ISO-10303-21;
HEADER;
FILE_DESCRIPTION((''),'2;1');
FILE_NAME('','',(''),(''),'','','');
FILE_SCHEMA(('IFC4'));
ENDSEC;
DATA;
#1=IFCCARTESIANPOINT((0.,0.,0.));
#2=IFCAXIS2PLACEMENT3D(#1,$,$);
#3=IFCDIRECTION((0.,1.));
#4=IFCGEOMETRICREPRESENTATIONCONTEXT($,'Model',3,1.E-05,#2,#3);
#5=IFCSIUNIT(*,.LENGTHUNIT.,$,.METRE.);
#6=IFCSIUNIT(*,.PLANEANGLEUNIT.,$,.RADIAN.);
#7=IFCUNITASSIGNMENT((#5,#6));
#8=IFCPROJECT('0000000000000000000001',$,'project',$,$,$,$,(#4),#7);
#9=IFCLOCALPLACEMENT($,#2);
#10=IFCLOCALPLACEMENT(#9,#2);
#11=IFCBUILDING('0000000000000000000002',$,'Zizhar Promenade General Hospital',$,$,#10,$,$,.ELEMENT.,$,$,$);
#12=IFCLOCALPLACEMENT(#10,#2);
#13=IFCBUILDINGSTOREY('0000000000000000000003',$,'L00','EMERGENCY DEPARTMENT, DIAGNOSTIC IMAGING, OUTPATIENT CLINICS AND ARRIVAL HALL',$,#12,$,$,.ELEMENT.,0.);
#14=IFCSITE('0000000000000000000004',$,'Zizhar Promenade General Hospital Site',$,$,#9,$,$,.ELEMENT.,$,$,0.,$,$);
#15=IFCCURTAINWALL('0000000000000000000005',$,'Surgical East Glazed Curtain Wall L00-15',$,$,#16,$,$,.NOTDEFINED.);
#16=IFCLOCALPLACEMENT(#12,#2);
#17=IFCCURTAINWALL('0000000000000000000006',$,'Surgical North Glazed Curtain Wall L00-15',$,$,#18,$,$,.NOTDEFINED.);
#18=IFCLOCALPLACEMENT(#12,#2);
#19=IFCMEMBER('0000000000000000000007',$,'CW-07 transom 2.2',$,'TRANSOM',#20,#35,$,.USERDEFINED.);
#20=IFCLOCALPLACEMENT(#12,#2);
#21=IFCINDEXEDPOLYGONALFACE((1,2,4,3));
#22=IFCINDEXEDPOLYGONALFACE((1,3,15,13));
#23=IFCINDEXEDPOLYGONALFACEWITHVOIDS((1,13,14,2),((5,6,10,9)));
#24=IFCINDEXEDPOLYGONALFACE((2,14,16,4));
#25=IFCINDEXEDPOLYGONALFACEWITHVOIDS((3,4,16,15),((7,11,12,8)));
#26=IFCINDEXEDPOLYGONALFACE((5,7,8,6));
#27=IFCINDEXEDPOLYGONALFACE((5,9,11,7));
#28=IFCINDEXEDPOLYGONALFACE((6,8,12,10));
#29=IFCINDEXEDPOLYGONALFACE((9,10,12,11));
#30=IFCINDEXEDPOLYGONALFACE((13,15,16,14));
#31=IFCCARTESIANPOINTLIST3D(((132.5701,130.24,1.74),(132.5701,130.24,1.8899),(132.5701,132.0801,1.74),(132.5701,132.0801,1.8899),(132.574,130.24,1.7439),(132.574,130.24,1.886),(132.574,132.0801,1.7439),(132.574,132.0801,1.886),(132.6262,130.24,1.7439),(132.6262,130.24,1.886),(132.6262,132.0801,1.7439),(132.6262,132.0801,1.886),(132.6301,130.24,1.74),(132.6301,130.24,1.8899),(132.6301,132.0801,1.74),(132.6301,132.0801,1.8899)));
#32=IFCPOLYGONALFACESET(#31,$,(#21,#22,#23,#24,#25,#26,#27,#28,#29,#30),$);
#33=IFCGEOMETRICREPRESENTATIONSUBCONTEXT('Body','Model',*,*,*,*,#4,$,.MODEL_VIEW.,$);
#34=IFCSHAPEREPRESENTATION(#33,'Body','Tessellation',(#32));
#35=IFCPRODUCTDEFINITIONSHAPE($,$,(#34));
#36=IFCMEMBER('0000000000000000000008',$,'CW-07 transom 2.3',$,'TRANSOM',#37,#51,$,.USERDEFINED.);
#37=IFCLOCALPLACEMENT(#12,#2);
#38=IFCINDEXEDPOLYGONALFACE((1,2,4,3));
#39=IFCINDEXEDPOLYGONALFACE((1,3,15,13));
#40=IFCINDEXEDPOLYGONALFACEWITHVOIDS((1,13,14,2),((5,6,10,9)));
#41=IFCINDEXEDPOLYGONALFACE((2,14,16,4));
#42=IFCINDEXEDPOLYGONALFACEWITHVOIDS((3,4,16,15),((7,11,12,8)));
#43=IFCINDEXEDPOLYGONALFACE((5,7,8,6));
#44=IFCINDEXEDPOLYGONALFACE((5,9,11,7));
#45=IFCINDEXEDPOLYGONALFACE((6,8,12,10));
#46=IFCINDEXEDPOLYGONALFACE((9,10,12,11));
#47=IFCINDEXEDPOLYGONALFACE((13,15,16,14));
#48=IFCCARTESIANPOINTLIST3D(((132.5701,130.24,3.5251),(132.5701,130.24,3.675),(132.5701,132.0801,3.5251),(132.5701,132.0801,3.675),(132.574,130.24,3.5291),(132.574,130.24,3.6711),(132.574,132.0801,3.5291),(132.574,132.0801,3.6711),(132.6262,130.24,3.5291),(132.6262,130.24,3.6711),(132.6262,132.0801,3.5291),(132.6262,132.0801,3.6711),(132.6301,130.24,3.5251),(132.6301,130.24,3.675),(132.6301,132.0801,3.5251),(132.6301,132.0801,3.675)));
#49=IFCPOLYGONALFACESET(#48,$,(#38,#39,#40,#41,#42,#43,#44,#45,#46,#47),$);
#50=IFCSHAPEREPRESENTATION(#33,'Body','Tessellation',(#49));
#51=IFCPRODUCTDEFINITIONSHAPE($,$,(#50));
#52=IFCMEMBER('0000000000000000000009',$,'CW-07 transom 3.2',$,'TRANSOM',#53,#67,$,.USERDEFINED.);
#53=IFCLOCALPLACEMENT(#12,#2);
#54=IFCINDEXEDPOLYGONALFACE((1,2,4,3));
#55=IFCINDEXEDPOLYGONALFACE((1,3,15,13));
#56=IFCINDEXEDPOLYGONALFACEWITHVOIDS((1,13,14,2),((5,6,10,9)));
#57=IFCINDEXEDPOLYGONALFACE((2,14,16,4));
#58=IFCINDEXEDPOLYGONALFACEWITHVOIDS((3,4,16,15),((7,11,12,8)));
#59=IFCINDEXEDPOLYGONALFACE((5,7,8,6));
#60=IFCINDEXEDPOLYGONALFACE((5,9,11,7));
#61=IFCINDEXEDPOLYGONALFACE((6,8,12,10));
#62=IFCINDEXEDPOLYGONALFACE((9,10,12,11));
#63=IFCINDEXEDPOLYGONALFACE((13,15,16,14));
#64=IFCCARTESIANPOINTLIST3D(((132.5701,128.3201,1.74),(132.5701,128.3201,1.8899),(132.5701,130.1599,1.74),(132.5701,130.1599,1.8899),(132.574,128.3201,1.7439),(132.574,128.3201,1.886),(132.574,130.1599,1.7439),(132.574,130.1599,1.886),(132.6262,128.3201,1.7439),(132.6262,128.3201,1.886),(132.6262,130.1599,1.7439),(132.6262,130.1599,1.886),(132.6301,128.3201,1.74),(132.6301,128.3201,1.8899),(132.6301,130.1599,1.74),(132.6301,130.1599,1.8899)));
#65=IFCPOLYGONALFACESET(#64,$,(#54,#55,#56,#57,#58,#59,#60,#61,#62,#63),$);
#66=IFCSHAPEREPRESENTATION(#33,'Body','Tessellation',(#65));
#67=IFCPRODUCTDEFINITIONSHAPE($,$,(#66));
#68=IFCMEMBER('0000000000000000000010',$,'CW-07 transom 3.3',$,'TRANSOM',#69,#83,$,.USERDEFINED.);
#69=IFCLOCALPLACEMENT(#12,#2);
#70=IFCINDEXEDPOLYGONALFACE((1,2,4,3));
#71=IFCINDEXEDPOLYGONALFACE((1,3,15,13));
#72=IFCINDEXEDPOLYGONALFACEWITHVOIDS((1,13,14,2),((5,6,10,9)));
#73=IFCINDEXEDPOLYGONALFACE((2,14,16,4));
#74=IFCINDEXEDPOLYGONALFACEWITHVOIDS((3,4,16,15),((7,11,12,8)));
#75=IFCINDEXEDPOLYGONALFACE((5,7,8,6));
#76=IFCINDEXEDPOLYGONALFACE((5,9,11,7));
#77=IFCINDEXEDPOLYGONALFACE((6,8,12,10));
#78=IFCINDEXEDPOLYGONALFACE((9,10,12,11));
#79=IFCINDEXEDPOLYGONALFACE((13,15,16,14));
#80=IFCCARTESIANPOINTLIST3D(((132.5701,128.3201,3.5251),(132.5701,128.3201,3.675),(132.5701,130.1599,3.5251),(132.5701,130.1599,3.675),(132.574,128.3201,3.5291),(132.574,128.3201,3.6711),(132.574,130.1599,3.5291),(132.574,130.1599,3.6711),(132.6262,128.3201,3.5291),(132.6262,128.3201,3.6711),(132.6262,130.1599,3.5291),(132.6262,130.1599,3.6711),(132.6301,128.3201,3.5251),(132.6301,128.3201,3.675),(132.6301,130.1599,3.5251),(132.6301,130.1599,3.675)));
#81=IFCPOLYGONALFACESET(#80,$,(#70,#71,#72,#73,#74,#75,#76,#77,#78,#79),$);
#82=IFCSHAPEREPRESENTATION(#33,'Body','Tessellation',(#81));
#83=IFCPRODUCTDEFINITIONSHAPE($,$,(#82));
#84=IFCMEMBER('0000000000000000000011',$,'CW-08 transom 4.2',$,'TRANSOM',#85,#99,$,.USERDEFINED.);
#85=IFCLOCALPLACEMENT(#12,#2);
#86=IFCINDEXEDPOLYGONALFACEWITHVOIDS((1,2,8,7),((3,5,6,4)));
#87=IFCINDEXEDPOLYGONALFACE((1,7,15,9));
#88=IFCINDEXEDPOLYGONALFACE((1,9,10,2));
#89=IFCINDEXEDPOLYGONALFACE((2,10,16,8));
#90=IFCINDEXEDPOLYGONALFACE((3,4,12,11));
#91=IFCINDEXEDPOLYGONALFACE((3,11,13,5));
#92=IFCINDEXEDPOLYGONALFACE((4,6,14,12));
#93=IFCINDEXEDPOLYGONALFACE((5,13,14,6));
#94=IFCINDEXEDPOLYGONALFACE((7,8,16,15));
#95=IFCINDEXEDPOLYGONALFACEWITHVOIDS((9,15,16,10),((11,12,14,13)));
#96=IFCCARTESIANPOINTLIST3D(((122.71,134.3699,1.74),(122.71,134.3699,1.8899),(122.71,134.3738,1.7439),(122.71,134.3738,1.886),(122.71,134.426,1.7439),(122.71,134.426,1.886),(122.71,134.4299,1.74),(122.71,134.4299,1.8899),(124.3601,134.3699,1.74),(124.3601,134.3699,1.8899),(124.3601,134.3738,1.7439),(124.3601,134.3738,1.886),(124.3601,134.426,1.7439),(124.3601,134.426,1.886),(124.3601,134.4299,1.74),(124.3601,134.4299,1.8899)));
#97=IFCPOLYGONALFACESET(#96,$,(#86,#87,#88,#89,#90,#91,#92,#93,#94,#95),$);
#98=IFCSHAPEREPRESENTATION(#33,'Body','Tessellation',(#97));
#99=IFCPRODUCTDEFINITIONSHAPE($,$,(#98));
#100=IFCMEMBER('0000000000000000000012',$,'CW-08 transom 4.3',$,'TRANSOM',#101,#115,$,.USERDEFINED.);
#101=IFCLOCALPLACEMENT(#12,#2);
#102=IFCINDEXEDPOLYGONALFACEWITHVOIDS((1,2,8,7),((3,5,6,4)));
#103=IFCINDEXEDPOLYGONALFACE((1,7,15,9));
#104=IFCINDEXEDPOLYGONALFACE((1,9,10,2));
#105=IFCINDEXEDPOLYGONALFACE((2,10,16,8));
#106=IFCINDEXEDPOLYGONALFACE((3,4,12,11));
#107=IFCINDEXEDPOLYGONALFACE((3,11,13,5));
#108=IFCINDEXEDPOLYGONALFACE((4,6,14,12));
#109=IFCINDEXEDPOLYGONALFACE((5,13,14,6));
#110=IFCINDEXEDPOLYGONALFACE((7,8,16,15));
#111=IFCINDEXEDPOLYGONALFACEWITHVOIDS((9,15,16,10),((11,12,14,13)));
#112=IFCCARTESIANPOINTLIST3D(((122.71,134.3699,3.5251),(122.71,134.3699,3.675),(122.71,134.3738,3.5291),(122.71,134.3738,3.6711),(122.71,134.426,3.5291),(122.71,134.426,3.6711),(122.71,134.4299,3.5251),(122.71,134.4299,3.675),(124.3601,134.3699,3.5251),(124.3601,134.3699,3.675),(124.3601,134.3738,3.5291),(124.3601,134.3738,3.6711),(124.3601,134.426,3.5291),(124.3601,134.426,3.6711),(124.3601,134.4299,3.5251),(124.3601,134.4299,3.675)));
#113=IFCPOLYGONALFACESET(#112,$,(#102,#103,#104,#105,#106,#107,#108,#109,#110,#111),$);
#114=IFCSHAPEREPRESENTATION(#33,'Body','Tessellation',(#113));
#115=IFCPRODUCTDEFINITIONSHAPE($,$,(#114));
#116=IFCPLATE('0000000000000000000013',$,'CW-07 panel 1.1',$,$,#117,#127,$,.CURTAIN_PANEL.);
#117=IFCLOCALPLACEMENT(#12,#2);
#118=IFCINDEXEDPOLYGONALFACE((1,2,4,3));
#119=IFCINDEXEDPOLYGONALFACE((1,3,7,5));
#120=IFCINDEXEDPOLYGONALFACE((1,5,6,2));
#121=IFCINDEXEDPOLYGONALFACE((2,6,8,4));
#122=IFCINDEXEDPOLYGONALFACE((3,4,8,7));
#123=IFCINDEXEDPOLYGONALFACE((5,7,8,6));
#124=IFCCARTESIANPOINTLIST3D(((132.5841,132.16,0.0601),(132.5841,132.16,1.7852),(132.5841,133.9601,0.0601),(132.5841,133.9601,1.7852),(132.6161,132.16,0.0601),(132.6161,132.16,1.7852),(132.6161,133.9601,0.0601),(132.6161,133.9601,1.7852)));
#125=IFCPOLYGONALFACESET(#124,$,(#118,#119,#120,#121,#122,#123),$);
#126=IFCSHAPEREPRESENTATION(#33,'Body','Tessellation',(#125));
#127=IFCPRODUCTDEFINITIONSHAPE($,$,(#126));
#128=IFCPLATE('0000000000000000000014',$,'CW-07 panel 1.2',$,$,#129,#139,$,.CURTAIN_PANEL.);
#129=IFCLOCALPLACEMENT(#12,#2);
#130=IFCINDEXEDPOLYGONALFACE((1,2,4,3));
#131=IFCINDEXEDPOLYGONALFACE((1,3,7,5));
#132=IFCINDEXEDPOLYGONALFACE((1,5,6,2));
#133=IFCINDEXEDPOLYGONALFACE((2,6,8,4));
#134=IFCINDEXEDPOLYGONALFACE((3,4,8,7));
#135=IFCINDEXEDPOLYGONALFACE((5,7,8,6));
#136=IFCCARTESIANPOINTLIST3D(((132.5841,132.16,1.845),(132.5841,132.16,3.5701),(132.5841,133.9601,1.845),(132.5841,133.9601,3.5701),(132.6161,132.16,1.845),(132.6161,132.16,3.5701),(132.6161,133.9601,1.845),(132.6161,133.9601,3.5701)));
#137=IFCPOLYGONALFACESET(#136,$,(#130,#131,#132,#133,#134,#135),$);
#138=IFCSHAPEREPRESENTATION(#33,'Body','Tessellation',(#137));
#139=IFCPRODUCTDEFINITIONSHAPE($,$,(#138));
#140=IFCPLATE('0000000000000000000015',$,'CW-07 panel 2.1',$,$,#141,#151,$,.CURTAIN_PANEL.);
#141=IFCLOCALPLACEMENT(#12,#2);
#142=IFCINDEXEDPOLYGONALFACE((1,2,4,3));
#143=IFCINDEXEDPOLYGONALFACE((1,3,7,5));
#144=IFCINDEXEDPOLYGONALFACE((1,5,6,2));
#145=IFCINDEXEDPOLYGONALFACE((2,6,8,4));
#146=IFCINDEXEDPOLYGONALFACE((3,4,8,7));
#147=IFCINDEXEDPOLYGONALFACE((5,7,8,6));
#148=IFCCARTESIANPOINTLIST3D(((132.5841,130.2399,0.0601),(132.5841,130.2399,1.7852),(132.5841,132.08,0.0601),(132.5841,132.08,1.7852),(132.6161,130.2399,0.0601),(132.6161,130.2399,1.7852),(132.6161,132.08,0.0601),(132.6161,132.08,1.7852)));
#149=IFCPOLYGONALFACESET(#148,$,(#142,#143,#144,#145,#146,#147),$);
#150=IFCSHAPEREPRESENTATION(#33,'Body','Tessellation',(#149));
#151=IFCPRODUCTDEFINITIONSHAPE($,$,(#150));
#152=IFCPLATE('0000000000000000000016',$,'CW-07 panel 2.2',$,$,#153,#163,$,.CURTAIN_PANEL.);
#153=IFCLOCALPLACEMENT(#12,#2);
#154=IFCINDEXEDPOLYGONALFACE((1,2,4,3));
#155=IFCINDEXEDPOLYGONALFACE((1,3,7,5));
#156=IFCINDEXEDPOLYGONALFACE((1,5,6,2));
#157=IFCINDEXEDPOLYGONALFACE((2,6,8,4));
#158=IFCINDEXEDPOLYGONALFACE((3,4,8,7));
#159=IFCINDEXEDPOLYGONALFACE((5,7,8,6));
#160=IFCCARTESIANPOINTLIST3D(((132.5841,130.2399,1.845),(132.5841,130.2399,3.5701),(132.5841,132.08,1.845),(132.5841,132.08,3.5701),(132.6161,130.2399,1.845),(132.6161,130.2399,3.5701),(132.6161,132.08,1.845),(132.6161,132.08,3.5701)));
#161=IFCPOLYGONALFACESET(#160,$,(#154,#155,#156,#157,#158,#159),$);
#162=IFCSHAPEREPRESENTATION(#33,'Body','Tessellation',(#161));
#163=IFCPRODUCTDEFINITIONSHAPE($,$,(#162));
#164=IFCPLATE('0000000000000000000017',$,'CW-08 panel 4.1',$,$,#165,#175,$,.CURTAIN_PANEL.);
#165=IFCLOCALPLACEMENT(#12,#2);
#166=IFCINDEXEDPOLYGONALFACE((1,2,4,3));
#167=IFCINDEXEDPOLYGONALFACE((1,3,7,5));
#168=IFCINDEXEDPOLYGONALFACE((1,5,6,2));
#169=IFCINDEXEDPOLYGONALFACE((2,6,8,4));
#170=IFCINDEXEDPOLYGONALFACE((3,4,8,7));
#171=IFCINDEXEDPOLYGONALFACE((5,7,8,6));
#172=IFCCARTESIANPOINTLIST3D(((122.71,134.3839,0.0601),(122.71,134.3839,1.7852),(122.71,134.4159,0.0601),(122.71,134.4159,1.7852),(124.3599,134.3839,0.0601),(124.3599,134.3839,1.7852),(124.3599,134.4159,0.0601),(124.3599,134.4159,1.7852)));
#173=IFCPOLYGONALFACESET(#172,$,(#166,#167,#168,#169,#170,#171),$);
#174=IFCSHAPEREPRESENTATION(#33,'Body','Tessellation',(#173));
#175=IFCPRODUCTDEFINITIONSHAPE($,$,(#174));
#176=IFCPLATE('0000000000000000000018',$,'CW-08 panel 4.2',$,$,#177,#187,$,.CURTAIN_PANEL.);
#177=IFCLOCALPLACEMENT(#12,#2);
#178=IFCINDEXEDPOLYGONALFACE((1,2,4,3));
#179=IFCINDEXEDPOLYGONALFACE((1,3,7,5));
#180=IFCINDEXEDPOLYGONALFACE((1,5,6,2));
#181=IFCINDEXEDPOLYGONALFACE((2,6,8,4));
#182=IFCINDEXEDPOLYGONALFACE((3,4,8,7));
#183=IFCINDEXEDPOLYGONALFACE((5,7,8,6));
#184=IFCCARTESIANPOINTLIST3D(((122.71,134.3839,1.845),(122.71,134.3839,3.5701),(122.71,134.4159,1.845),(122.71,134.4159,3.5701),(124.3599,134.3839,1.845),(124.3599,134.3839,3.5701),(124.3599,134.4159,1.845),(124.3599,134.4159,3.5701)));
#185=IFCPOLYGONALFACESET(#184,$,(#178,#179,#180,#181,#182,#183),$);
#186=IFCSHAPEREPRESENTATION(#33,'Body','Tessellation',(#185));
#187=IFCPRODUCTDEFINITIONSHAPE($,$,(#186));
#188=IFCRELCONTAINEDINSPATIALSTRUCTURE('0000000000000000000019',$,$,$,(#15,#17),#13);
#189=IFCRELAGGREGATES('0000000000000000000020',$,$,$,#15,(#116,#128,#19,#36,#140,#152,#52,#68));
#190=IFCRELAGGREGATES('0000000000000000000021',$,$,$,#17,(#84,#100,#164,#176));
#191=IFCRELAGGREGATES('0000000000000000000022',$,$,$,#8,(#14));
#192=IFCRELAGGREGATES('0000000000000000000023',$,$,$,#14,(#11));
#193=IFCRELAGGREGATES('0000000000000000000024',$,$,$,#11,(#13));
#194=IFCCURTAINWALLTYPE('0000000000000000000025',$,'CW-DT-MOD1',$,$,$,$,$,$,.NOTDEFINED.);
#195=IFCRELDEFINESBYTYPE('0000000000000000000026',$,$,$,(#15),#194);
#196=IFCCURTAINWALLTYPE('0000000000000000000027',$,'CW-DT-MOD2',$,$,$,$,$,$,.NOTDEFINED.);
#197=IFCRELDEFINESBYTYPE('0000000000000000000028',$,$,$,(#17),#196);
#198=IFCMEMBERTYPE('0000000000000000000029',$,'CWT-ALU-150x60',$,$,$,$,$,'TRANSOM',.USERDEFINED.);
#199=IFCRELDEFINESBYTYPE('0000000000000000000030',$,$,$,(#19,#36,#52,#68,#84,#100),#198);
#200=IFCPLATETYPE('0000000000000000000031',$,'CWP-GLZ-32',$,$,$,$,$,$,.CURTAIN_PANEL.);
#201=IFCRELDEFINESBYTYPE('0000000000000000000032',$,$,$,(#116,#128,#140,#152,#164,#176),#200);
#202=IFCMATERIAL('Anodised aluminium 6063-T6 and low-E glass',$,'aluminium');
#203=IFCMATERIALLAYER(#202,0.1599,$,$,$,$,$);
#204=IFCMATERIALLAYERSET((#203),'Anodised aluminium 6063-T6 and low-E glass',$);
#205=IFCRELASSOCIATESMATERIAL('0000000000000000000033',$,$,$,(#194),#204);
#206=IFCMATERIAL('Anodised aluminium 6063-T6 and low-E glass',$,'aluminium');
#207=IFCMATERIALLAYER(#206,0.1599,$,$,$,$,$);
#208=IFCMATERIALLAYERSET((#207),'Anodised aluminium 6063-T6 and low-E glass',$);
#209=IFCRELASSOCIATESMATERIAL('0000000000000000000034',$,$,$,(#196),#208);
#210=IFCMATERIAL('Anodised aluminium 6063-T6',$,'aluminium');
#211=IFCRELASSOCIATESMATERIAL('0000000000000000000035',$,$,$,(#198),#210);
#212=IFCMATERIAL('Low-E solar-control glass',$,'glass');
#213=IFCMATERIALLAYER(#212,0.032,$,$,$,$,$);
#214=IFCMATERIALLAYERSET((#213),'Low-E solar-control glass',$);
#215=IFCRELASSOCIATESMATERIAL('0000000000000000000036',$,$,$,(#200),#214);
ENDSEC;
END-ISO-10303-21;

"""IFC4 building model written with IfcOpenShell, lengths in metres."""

from ifc_helpers import new_model, si_unit, direction, frame, origin, origin_2d, place, context, subcontext, project, spatial, rectangle, hollow_rectangle, extrude, material, layer, layer_set, material_profile, profile_set, type_object, element, aggregate, save


model = new_model("IFC4")

# Units and contexts
model_context = context("Model", 3, precision=1e-05, world=origin(), true_north=direction((0.0, 1.0)))
body_context = subcontext(model_context, "Body", "Model", "MODEL_VIEW")
ifc_project = project(units=[si_unit("LENGTHUNIT", "METRE"), si_unit("PLANEANGLEUNIT", "RADIAN")], contexts=[model_context])

# Site, building, storey
site_placement = place(None, origin())
site = spatial("IfcSite", under=ifc_project, at=site_placement, Name="Zizhar Promenade General Hospital Site", CompositionType="ELEMENT", RefElevation=0.0)
building_placement = place(site_placement, origin())
building = spatial("IfcBuilding", under=site, at=building_placement, Name="Zizhar Promenade General Hospital", CompositionType="ELEMENT")
storey_placement = place(building_placement, origin())
storey = spatial("IfcBuildingStorey", under=building, at=storey_placement, Name="L00", Description="EMERGENCY DEPARTMENT, DIAGNOSTIC IMAGING, OUTPATIENT CLINICS AND ARRIVAL HALL", CompositionType="ELEMENT", Elevation=0.0)

# Curtain wall
ifc_material_1 = material(Name="Anodised aluminium 6063-T6 and low-E glass", Category="aluminium")
ifc_layer_1 = layer(ifc_material_1, 0.1599)
ifc_layer_set_1 = layer_set([ifc_layer_1], Name="Anodised aluminium 6063-T6 and low-E glass")
curtain_wall_type_1 = type_object("IfcCurtainWallType", Name="CW-DT-MOD1", PredefinedType="NOTDEFINED", material=ifc_layer_set_1)
curtain_wall_1_placement = place(storey_placement, origin())
curtain_wall_1 = element("IfcCurtainWall", 1, at=curtain_wall_1_placement, inside=storey, type_object=curtain_wall_type_1, Name="Surgical East Glazed Curtain Wall L00-15", PredefinedType="NOTDEFINED")

# Curtain wall
ifc_material_2 = material(Name="Anodised aluminium 6063-T6 and low-E glass", Category="aluminium")
ifc_layer_2 = layer(ifc_material_2, 0.1599)
ifc_layer_set_2 = layer_set([ifc_layer_2], Name="Anodised aluminium 6063-T6 and low-E glass")
curtain_wall_type_2 = type_object("IfcCurtainWallType", Name="CW-DT-MOD2", PredefinedType="NOTDEFINED", material=ifc_layer_set_2)
curtain_wall_2_placement = place(storey_placement, origin())
curtain_wall_2 = element("IfcCurtainWall", 2, at=curtain_wall_2_placement, inside=storey, type_object=curtain_wall_type_2, Name="Surgical North Glazed Curtain Wall L00-15", PredefinedType="NOTDEFINED")

# Members
ifc_material_3 = material(Name="Anodised aluminium 6063-T6", Category="aluminium")
ifc_material_profile_1 = material_profile(ifc_material_3, hollow_rectangle(XDim=0.0601, YDim=0.1499, WallThickness=0.0039, at=origin_2d()))
ifc_profile_set_1 = profile_set([ifc_material_profile_1], Name="Anodised aluminium 6063-T6")
member_type_1 = type_object("IfcMemberType", Name="CWT-ALU-150x60", ElementType="TRANSOM", PredefinedType="USERDEFINED", material=ifc_profile_set_1)
member_1_placement = place(storey_placement, frame((132.6001, 132.0801, 1.8149), z_axis=(0.0, -1.0, 0.0), x_axis=(1.0, 0.0, 0.0)))
member_1 = element("IfcMember", 3, at=member_1_placement, type_object=member_type_1, Name="CW-07 transom 2.2", ObjectType="TRANSOM", PredefinedType="USERDEFINED", context=body_context, shape_type="SweptSolid", body=[
    extrude(hollow_rectangle(XDim=0.0601, YDim=0.1499, WallThickness=0.0039, at=origin_2d()), origin(), (0.0, 0.0, 1.0), 1.8401),
])
member_2_placement = place(storey_placement, frame((132.6001, 132.0801, 3.6001), z_axis=(0.0, -1.0, 0.0), x_axis=(1.0, 0.0, 0.0)))
member_2 = element("IfcMember", 4, at=member_2_placement, type_object=member_type_1, Name="CW-07 transom 2.3", ObjectType="TRANSOM", PredefinedType="USERDEFINED", context=body_context, shape_type="SweptSolid", body=[
    extrude(hollow_rectangle(XDim=0.0601, YDim=0.1499, WallThickness=0.0039, at=origin_2d()), origin(), (0.0, 0.0, 1.0), 1.8401),
])
member_3_placement = place(storey_placement, frame((132.6001, 130.1599, 1.8149), z_axis=(0.0, -1.0, 0.0), x_axis=(1.0, 0.0, 0.0)))
member_3 = element("IfcMember", 5, at=member_3_placement, type_object=member_type_1, Name="CW-07 transom 3.2", ObjectType="TRANSOM", PredefinedType="USERDEFINED", context=body_context, shape_type="SweptSolid", body=[
    extrude(hollow_rectangle(XDim=0.0601, YDim=0.1499, WallThickness=0.0039, at=origin_2d()), origin(), (0.0, 0.0, 1.0), 1.8398),
])
member_4_placement = place(storey_placement, frame((132.6001, 130.1599, 3.6001), z_axis=(0.0, -1.0, 0.0), x_axis=(1.0, 0.0, 0.0)))
member_4 = element("IfcMember", 6, at=member_4_placement, type_object=member_type_1, Name="CW-07 transom 3.3", ObjectType="TRANSOM", PredefinedType="USERDEFINED", context=body_context, shape_type="SweptSolid", body=[
    extrude(hollow_rectangle(XDim=0.0601, YDim=0.1499, WallThickness=0.0039, at=origin_2d()), origin(), (0.0, 0.0, 1.0), 1.8398),
])
member_5_placement = place(storey_placement, frame((122.71, 134.3999, 1.8149), z_axis=(1.0, 0.0, 0.0), x_axis=(0.0, 1.0, 0.0)))
member_5 = element("IfcMember", 7, at=member_5_placement, type_object=member_type_1, Name="CW-08 transom 4.2", ObjectType="TRANSOM", PredefinedType="USERDEFINED", context=body_context, shape_type="SweptSolid", body=[
    extrude(hollow_rectangle(XDim=0.0601, YDim=0.1499, WallThickness=0.0039, at=origin_2d()), origin(), (0.0, 0.0, 1.0), 1.6501),
])
member_6_placement = place(storey_placement, frame((122.71, 134.3999, 3.6001), z_axis=(1.0, 0.0, 0.0), x_axis=(0.0, 1.0, 0.0)))
member_6 = element("IfcMember", 8, at=member_6_placement, type_object=member_type_1, Name="CW-08 transom 4.3", ObjectType="TRANSOM", PredefinedType="USERDEFINED", context=body_context, shape_type="SweptSolid", body=[
    extrude(hollow_rectangle(XDim=0.0601, YDim=0.1499, WallThickness=0.0039, at=origin_2d()), origin(), (0.0, 0.0, 1.0), 1.6501),
])

# Plates
ifc_material_4 = material(Name="Low-E solar-control glass", Category="glass")
ifc_layer_3 = layer(ifc_material_4, 0.032)
ifc_layer_set_3 = layer_set([ifc_layer_3], Name="Low-E solar-control glass")
plate_type = type_object("IfcPlateType", Name="CWP-GLZ-32", PredefinedType="CURTAIN_PANEL", material=ifc_layer_set_3)
plate_1_placement = place(storey_placement, frame((132.6001, 133.0601, 0.0601), z_axis=(0.0, 0.0, 1.0), x_axis=(0.0, -1.0, 0.0)))
plate_1 = element("IfcPlate", 9, at=plate_1_placement, type_object=plate_type, Name="CW-07 panel 1.1", PredefinedType="CURTAIN_PANEL", context=body_context, shape_type="SweptSolid", body=[
    extrude(rectangle(XDim=1.8, YDim=0.032, at=origin_2d()), origin(), (0.0, 0.0, 1.0), 1.7251),
])
plate_2_placement = place(storey_placement, frame((132.6001, 133.0601, 1.845), z_axis=(0.0, 0.0, 1.0), x_axis=(0.0, -1.0, 0.0)))
plate_2 = element("IfcPlate", 10, at=plate_2_placement, type_object=plate_type, Name="CW-07 panel 1.2", PredefinedType="CURTAIN_PANEL", context=body_context, shape_type="SweptSolid", body=[
    extrude(rectangle(XDim=1.8, YDim=0.032, at=origin_2d()), origin(), (0.0, 0.0, 1.0), 1.7251),
])
plate_3_placement = place(storey_placement, frame((132.6001, 131.1599, 0.0601), z_axis=(0.0, 0.0, 1.0), x_axis=(0.0, -1.0, 0.0)))
plate_3 = element("IfcPlate", 11, at=plate_3_placement, type_object=plate_type, Name="CW-07 panel 2.1", PredefinedType="CURTAIN_PANEL", context=body_context, shape_type="SweptSolid", body=[
    extrude(rectangle(XDim=1.8401, YDim=0.032, at=origin_2d()), origin(), (0.0, 0.0, 1.0), 1.7251),
])
plate_4_placement = place(storey_placement, frame((132.6001, 131.1599, 1.845), z_axis=(0.0, 0.0, 1.0), x_axis=(0.0, -1.0, 0.0)))
plate_4 = element("IfcPlate", 12, at=plate_4_placement, type_object=plate_type, Name="CW-07 panel 2.2", PredefinedType="CURTAIN_PANEL", context=body_context, shape_type="SweptSolid", body=[
    extrude(rectangle(XDim=1.8401, YDim=0.032, at=origin_2d()), origin(), (0.0, 0.0, 1.0), 1.7251),
])
aggregate(curtain_wall_1, [plate_1, plate_2, member_1, member_2, plate_3, plate_4, member_3, member_4])
plate_5_placement = place(storey_placement, frame((123.5349, 134.3999, 0.0601), z_axis=(0.0, 0.0, 1.0), x_axis=(1.0, 0.0, 0.0)))
plate_5 = element("IfcPlate", 13, at=plate_5_placement, type_object=plate_type, Name="CW-08 panel 4.1", PredefinedType="CURTAIN_PANEL", context=body_context, shape_type="SweptSolid", body=[
    extrude(rectangle(XDim=1.6499, YDim=0.032, at=origin_2d()), origin(), (0.0, 0.0, 1.0), 1.7251),
])
plate_6_placement = place(storey_placement, frame((123.5349, 134.3999, 1.845), z_axis=(0.0, 0.0, 1.0), x_axis=(1.0, 0.0, 0.0)))
plate_6 = element("IfcPlate", 14, at=plate_6_placement, type_object=plate_type, Name="CW-08 panel 4.2", PredefinedType="CURTAIN_PANEL", context=body_context, shape_type="SweptSolid", body=[
    extrude(rectangle(XDim=1.6499, YDim=0.032, at=origin_2d()), origin(), (0.0, 0.0, 1.0), 1.7251),
])
aggregate(curtain_wall_2, [member_5, member_6, plate_5, plate_6])

save(model, "model.ifc")
